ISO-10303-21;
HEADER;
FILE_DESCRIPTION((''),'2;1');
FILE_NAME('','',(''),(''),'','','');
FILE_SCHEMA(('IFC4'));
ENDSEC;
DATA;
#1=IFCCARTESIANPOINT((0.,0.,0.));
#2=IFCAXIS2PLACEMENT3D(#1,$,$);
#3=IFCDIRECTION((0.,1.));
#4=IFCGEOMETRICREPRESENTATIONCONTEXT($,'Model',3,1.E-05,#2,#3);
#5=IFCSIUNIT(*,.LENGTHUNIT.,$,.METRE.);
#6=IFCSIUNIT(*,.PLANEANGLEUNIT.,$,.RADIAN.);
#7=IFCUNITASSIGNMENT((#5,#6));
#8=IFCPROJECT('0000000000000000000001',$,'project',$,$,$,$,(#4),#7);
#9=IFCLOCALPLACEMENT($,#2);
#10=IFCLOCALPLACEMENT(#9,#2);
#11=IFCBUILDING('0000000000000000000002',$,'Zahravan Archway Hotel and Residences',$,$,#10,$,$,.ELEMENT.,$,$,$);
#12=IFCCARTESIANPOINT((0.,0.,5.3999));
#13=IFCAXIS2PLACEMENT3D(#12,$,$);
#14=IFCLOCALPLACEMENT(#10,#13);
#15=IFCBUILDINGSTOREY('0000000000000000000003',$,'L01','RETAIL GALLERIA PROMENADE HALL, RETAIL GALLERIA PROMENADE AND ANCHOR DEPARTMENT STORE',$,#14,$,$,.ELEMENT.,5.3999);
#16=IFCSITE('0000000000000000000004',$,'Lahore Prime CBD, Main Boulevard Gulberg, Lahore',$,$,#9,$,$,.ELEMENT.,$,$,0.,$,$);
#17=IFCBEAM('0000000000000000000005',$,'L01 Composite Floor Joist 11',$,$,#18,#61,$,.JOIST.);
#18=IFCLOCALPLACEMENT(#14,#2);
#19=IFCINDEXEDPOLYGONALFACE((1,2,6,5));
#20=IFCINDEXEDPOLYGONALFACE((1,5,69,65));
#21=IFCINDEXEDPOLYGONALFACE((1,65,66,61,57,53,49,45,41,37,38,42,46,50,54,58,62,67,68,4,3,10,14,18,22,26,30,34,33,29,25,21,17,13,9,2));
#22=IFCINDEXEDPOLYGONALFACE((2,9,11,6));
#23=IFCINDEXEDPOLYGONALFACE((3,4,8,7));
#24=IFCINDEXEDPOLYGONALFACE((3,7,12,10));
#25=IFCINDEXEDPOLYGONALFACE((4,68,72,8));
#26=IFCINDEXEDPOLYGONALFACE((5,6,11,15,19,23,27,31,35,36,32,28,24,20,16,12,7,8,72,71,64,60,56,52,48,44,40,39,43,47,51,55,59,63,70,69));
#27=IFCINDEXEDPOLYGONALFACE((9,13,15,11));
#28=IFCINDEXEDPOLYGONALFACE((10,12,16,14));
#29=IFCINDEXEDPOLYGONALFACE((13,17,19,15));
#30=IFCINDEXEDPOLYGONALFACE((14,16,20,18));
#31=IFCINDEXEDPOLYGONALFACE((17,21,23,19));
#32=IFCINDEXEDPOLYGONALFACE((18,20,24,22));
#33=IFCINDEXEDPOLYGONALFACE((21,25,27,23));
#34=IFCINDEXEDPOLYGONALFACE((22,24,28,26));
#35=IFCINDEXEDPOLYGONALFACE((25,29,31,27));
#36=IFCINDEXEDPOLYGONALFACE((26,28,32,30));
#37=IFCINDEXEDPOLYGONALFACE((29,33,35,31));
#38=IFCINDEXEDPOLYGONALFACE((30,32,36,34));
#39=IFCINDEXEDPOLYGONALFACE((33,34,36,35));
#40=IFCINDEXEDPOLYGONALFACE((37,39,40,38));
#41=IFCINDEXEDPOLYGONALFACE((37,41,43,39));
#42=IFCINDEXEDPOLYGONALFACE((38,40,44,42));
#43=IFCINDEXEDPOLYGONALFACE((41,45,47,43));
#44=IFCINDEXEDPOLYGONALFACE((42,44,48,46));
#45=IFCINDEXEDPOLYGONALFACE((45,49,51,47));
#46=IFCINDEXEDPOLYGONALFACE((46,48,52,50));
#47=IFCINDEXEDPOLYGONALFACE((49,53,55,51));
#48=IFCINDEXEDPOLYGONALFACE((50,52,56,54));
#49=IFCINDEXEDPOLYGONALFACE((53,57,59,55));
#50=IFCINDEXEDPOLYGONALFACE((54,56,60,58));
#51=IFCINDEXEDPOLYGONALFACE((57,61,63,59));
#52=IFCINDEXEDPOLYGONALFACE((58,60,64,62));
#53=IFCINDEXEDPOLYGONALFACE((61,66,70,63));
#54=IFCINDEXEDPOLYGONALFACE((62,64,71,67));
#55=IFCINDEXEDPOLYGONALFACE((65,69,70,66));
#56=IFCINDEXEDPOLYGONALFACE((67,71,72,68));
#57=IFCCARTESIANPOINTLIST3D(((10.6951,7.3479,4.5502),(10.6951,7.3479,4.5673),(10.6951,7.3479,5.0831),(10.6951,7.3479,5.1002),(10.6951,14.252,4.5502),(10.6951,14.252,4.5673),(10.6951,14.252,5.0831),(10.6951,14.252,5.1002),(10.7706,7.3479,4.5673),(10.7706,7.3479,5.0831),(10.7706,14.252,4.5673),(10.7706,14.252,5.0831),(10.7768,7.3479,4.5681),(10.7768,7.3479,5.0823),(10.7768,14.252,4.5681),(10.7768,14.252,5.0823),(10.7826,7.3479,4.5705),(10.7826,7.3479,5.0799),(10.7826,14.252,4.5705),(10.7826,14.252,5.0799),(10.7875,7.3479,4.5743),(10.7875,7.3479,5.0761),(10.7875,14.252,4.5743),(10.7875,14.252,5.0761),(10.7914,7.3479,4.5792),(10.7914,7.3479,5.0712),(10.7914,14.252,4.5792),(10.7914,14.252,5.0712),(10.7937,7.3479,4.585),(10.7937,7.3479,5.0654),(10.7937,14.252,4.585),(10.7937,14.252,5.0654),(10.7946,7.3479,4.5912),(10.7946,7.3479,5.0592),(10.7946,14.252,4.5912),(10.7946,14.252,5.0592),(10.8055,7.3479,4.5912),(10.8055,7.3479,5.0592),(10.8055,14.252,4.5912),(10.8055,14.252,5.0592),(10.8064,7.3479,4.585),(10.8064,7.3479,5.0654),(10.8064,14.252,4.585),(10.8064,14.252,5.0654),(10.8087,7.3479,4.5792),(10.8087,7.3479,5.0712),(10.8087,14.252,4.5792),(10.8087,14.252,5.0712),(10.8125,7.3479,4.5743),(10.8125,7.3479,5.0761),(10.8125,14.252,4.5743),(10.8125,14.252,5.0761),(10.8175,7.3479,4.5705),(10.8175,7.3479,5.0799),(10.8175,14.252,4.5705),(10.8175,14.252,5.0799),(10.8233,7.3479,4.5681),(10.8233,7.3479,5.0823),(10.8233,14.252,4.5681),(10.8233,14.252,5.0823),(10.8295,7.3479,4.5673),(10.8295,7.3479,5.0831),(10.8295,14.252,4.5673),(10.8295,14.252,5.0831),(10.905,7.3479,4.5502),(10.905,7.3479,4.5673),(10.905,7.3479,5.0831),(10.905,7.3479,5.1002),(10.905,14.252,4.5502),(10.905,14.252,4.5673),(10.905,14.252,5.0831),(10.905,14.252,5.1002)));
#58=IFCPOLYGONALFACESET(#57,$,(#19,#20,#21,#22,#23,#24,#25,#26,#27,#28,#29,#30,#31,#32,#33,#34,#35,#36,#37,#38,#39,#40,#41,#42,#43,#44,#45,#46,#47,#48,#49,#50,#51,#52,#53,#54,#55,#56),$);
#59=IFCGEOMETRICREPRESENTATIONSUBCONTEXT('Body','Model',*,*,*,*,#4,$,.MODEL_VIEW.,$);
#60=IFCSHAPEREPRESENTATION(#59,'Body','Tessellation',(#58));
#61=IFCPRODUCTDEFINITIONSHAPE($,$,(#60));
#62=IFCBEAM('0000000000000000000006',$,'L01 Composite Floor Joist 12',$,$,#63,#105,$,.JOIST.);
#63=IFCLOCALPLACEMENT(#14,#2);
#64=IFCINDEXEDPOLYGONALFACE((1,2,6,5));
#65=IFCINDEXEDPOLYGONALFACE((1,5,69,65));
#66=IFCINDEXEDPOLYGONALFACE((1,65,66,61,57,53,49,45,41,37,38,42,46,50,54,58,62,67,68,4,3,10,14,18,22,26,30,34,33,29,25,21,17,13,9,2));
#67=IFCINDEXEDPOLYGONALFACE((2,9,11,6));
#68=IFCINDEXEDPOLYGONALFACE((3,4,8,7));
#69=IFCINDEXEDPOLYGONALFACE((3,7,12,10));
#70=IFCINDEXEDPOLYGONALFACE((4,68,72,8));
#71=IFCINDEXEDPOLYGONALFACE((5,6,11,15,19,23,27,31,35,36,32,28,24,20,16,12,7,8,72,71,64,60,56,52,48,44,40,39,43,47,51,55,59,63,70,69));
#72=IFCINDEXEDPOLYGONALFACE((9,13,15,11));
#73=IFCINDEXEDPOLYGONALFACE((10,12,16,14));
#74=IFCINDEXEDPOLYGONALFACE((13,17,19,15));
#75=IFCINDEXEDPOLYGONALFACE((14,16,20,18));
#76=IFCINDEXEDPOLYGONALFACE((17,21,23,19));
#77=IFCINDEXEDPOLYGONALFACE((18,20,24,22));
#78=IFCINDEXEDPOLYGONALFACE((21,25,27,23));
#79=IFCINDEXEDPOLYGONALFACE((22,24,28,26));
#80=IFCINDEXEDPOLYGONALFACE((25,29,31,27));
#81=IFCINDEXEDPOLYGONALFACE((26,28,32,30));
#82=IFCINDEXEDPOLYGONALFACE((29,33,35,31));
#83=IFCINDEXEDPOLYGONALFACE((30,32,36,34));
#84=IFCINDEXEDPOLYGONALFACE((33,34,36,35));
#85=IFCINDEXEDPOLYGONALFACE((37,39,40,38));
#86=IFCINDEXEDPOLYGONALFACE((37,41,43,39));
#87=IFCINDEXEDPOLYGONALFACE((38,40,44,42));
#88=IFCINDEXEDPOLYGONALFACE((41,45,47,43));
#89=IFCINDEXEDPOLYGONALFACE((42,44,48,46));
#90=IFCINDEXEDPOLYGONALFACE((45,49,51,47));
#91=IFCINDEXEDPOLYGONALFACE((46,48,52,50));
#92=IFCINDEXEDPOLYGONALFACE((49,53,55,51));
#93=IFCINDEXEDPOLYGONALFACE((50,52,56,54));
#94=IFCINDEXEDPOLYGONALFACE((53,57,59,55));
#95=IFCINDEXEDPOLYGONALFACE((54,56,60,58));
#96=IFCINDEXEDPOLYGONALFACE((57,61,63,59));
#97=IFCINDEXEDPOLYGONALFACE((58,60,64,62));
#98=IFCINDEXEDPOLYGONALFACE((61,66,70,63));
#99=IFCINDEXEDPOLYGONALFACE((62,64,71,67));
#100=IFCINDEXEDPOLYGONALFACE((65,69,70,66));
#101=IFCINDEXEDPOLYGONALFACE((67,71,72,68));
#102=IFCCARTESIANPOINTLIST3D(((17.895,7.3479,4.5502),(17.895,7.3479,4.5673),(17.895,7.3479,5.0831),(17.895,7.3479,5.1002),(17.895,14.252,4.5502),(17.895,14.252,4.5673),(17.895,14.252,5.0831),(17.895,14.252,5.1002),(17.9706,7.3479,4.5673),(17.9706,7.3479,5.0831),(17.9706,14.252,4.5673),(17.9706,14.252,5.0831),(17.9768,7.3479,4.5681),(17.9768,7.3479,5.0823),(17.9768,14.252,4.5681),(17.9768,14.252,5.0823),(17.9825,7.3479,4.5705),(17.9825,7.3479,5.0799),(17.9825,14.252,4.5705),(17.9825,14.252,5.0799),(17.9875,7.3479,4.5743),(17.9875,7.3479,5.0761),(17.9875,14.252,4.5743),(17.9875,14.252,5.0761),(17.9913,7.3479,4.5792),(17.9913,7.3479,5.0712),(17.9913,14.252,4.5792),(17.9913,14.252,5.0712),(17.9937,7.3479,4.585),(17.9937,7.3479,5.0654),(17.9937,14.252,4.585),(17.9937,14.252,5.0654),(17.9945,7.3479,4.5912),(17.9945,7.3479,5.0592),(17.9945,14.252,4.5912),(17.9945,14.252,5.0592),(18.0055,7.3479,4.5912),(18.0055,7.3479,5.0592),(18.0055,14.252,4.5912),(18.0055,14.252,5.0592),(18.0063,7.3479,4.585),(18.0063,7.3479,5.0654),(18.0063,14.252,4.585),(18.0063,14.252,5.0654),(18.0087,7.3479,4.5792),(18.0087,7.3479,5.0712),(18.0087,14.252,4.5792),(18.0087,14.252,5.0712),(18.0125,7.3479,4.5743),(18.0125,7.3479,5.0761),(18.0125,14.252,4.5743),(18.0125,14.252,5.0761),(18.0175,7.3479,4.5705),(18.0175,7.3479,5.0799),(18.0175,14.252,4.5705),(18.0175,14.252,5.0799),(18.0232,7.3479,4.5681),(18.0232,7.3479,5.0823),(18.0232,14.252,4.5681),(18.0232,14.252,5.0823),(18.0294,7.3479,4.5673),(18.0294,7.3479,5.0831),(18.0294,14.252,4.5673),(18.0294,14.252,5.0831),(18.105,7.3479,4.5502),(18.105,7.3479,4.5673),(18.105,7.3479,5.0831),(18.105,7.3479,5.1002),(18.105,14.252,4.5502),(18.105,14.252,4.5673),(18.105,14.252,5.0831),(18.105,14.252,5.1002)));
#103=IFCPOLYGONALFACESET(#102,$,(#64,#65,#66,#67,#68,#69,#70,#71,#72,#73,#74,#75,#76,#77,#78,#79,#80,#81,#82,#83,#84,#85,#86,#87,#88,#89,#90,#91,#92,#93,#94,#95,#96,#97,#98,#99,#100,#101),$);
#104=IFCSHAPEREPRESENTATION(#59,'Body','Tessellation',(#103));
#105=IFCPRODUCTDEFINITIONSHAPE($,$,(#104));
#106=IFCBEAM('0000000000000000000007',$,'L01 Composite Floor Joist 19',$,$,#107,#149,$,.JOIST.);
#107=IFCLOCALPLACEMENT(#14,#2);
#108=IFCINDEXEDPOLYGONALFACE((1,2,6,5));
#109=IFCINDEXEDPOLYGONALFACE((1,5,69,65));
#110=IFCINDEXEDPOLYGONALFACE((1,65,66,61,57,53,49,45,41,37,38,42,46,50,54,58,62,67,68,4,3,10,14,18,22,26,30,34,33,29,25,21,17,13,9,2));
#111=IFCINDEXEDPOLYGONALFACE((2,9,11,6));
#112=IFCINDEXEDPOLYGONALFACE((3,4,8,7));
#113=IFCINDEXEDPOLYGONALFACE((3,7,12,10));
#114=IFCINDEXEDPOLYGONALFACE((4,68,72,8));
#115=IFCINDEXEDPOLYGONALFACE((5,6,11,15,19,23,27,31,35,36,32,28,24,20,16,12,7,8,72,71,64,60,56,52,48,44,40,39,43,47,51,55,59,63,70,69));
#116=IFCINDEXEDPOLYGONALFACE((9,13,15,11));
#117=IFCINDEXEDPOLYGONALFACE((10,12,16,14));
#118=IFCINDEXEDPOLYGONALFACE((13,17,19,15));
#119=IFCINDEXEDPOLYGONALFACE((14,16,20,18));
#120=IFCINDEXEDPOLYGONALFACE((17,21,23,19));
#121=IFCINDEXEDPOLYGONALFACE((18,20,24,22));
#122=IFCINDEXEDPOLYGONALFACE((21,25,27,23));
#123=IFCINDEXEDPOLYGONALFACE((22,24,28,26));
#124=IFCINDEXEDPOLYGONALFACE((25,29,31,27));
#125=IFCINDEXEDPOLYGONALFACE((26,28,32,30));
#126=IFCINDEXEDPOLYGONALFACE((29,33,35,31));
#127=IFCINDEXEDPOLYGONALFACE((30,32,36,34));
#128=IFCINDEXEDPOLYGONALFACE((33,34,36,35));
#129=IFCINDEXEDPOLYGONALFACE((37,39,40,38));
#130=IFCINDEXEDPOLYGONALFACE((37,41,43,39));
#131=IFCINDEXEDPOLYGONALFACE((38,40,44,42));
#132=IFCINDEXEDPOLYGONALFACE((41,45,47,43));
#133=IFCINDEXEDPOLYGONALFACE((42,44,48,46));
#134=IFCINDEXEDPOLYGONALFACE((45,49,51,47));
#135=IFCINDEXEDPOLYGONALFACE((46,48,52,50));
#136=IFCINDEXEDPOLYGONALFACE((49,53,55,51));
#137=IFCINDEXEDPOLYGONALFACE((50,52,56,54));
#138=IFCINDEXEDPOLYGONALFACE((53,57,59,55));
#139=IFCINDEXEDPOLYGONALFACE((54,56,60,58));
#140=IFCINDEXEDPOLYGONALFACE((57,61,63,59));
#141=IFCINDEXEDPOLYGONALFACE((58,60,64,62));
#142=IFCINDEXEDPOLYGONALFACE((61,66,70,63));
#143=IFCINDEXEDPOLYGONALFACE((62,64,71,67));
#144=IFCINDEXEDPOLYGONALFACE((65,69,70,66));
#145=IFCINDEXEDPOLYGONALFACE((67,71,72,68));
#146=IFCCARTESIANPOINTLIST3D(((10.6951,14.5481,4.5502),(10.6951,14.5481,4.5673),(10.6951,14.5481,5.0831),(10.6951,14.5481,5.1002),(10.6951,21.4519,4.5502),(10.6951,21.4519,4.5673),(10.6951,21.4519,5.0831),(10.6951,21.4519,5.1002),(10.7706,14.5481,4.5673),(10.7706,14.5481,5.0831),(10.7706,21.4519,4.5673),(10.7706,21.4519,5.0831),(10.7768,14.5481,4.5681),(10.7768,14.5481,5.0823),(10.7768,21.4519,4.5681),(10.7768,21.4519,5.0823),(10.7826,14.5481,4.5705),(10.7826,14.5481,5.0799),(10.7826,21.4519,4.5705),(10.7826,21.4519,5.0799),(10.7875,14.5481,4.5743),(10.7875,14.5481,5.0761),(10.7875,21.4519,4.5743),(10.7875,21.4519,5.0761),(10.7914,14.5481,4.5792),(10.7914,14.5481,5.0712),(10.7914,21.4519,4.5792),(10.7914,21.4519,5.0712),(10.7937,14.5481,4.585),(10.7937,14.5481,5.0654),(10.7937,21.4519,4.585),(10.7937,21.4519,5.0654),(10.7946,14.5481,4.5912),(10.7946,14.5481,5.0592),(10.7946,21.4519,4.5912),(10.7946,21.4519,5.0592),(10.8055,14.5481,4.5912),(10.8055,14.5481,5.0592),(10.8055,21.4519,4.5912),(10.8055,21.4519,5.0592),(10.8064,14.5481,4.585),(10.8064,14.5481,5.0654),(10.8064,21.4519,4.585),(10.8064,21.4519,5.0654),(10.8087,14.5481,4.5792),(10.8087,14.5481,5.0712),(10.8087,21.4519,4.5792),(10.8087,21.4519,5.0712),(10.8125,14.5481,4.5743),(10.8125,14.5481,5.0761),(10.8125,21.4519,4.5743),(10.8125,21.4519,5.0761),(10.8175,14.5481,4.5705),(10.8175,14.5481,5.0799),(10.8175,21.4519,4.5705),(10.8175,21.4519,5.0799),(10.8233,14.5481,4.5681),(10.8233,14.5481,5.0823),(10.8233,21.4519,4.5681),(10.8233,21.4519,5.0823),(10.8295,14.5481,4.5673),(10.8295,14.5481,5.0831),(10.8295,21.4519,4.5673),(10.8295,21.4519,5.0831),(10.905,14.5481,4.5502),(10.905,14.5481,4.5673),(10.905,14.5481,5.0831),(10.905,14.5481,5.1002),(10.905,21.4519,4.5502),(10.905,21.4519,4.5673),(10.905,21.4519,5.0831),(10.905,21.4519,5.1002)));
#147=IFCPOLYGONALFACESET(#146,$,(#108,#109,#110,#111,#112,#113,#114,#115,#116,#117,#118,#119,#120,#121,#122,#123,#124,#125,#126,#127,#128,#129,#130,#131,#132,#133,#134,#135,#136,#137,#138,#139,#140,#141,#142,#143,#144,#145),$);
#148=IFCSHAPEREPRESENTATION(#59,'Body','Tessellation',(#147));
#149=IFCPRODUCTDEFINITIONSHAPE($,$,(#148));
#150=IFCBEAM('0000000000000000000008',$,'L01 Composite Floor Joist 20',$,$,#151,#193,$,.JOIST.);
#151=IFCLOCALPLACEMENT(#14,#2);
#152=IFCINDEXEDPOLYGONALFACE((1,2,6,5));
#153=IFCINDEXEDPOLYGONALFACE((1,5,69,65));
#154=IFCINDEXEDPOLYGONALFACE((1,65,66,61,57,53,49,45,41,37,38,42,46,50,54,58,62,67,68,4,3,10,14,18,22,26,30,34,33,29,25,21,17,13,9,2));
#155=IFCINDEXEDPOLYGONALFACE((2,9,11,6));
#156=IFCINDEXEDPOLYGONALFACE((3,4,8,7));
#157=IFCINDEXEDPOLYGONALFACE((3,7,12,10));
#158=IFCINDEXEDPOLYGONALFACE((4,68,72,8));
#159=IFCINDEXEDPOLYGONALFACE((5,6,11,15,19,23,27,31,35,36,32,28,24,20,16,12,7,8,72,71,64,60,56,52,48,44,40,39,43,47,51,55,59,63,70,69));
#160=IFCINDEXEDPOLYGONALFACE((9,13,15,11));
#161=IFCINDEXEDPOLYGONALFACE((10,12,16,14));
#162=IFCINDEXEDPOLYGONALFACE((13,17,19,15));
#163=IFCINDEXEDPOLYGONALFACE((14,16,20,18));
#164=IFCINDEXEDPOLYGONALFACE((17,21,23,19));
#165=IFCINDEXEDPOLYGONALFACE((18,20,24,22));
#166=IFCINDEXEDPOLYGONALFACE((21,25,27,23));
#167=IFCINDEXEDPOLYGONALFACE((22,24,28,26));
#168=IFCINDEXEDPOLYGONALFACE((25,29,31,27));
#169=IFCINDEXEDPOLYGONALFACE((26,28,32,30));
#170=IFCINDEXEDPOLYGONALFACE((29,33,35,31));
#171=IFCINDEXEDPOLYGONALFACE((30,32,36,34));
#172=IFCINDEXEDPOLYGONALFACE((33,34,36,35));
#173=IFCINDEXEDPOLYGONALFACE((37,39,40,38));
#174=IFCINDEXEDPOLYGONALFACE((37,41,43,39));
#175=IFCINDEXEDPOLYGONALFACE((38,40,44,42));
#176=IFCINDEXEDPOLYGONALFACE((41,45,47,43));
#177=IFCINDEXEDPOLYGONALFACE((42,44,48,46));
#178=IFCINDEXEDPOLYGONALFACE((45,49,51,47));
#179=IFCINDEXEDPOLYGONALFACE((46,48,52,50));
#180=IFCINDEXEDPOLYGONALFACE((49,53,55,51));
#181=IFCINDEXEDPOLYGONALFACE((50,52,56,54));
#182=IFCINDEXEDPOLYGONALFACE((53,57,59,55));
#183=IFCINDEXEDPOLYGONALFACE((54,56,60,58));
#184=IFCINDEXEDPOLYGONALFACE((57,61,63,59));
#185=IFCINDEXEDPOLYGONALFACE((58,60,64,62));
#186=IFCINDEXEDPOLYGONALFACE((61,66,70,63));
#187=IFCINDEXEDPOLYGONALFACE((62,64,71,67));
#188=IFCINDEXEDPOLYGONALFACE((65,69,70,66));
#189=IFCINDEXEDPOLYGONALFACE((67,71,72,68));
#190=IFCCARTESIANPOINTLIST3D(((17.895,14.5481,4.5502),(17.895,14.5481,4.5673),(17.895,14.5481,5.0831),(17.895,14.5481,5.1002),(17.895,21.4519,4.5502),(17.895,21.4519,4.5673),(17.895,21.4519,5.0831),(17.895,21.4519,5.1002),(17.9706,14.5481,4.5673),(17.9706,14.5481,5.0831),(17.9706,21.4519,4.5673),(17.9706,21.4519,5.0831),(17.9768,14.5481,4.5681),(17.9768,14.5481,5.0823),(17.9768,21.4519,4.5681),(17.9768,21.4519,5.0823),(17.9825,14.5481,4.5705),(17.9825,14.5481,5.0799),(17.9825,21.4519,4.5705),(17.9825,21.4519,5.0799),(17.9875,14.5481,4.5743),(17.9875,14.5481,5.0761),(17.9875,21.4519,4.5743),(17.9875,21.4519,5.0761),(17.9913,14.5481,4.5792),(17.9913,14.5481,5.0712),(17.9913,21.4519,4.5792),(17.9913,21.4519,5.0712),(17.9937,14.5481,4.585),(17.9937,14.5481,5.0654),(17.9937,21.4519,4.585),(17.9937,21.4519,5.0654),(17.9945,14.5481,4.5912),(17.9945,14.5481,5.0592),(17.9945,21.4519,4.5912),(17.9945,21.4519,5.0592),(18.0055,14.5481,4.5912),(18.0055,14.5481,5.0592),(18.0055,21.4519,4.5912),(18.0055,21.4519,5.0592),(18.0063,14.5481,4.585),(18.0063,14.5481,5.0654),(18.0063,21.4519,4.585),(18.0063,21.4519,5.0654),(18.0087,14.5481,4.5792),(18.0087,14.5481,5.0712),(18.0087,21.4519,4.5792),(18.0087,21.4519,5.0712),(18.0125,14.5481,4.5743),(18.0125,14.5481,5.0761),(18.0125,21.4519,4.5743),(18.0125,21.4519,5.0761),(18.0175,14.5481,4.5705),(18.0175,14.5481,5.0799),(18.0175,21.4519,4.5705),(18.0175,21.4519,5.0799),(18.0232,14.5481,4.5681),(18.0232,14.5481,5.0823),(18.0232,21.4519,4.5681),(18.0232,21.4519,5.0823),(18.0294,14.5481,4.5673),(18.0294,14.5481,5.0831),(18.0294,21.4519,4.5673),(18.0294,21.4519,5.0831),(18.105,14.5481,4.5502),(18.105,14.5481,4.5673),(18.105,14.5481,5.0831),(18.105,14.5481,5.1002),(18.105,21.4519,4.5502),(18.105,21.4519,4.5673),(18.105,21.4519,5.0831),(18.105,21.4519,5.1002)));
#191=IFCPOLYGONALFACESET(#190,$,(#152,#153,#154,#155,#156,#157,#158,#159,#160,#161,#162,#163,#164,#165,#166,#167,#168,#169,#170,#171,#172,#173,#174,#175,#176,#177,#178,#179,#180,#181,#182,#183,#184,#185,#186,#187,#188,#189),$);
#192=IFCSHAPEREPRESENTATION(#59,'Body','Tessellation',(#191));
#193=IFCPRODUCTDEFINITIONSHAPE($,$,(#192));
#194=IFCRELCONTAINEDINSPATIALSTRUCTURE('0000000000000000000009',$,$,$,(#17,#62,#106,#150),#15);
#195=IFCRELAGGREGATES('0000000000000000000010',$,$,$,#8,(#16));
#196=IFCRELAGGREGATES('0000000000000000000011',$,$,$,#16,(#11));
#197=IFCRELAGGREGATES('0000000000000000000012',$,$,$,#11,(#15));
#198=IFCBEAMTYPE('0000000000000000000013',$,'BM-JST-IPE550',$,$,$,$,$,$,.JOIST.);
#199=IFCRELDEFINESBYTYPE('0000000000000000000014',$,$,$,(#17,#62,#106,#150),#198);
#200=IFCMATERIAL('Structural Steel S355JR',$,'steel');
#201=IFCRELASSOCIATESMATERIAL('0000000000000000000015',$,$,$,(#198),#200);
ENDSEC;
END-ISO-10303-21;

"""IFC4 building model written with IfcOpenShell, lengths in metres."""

from ifc_helpers import new_model, si_unit, direction, frame, origin, origin_2d, place, context, subcontext, project, spatial, i_section, extrude, source, transform, mapped, material, material_profile, profile_set, type_object, type_shapes, element, save


model = new_model("IFC4")

# Units and contexts
model_context = context("Model", 3, precision=1e-05, world=origin(), true_north=direction((0.0, 1.0)))
body_context = subcontext(model_context, "Body", "Model", "MODEL_VIEW")
ifc_project = project(units=[si_unit("LENGTHUNIT", "METRE"), si_unit("PLANEANGLEUNIT", "RADIAN")], contexts=[model_context])

# Site, building, storey
site_placement = place(None, origin())
site = spatial("IfcSite", under=ifc_project, at=site_placement, Name="Lahore Prime CBD, Main Boulevard Gulberg, Lahore", CompositionType="ELEMENT", RefElevation=0.0)
building_placement = place(site_placement, origin())
building = spatial("IfcBuilding", under=site, at=building_placement, Name="Zahravan Archway Hotel and Residences", CompositionType="ELEMENT")
storey_placement = place(building_placement, frame((0.0, 0.0, 5.3999)))
storey = spatial("IfcBuildingStorey", under=building, at=storey_placement, Name="L01", Description="RETAIL GALLERIA PROMENADE HALL, RETAIL GALLERIA PROMENADE AND ANCHOR DEPARTMENT STORE", CompositionType="ELEMENT", Elevation=5.3999)

# Beams
ifc_material_1 = material(Name="Structural Steel S355JR", Category="steel")
ifc_material_profile_1 = material_profile(ifc_material_1, i_section(OverallWidth=0.21, OverallDepth=0.55, WebThickness=0.011, FlangeThickness=0.0171, FilletRadius=0.0239, at=origin_2d()), Name="IPE 550", Category="steel")
ifc_profile_set_1 = profile_set([ifc_material_profile_1], Name="Structural Steel S355JR")
beam_type_1 = type_object("IfcBeamType", Name="BM-JST-IPE550", PredefinedType="JOIST", material=ifc_profile_set_1)
shared_shape_1 = source(origin(), body_context, "Body", "SweptSolid", [
    extrude(i_section(OverallWidth=0.21, OverallDepth=0.55, WebThickness=0.011, FlangeThickness=0.0171, FilletRadius=0.0239, at=origin_2d()), origin(), (0.0, 0.0, 1.0), 6.9041),
])
type_shapes(beam_type_1, [shared_shape_1])
for number, where, z_axis, x_axis, name in (
    (1, (10.8, 7.3479, 4.8252), (0.0, 1.0, 0.0), (-1.0, 0.0, 0.0), "L01 Composite Floor Joist 11"),
    (2, (18.0, 7.3479, 4.8252), (0.0, 1.0, 0.0), (-1.0, 0.0, 0.0), "L01 Composite Floor Joist 12"),
):
    element("IfcBeam", number, at=place(storey_placement, frame(where, z_axis=z_axis, x_axis=x_axis)), inside=storey, type_object=beam_type_1, Name=name, PredefinedType="JOIST", context=body_context, shape_type="MappedRepresentation", body=[
        mapped(shared_shape_1, transform((0.0, 0.0, 0.0), scale=1.0)),
    ])
shared_shape_2 = source(origin(), body_context, "Body", "SweptSolid", [
    extrude(i_section(OverallWidth=0.21, OverallDepth=0.55, WebThickness=0.011, FlangeThickness=0.0171, FilletRadius=0.0239, at=origin_2d()), origin(), (0.0, 0.0, 1.0), 6.9038),
])
for number, where, z_axis, x_axis, name in (
    (3, (10.8, 14.5481, 4.8252), (0.0, 1.0, 0.0), (-1.0, 0.0, 0.0), "L01 Composite Floor Joist 19"),
    (4, (18.0, 14.5481, 4.8252), (0.0, 1.0, 0.0), (-1.0, 0.0, 0.0), "L01 Composite Floor Joist 20"),
):
    element("IfcBeam", number, at=place(storey_placement, frame(where, z_axis=z_axis, x_axis=x_axis)), inside=storey, type_object=beam_type_1, Name=name, PredefinedType="JOIST", context=body_context, shape_type="MappedRepresentation", body=[
        mapped(shared_shape_2, transform((0.0, 0.0, 0.0), scale=1.0)),
    ])

save(model, "model.ifc")
